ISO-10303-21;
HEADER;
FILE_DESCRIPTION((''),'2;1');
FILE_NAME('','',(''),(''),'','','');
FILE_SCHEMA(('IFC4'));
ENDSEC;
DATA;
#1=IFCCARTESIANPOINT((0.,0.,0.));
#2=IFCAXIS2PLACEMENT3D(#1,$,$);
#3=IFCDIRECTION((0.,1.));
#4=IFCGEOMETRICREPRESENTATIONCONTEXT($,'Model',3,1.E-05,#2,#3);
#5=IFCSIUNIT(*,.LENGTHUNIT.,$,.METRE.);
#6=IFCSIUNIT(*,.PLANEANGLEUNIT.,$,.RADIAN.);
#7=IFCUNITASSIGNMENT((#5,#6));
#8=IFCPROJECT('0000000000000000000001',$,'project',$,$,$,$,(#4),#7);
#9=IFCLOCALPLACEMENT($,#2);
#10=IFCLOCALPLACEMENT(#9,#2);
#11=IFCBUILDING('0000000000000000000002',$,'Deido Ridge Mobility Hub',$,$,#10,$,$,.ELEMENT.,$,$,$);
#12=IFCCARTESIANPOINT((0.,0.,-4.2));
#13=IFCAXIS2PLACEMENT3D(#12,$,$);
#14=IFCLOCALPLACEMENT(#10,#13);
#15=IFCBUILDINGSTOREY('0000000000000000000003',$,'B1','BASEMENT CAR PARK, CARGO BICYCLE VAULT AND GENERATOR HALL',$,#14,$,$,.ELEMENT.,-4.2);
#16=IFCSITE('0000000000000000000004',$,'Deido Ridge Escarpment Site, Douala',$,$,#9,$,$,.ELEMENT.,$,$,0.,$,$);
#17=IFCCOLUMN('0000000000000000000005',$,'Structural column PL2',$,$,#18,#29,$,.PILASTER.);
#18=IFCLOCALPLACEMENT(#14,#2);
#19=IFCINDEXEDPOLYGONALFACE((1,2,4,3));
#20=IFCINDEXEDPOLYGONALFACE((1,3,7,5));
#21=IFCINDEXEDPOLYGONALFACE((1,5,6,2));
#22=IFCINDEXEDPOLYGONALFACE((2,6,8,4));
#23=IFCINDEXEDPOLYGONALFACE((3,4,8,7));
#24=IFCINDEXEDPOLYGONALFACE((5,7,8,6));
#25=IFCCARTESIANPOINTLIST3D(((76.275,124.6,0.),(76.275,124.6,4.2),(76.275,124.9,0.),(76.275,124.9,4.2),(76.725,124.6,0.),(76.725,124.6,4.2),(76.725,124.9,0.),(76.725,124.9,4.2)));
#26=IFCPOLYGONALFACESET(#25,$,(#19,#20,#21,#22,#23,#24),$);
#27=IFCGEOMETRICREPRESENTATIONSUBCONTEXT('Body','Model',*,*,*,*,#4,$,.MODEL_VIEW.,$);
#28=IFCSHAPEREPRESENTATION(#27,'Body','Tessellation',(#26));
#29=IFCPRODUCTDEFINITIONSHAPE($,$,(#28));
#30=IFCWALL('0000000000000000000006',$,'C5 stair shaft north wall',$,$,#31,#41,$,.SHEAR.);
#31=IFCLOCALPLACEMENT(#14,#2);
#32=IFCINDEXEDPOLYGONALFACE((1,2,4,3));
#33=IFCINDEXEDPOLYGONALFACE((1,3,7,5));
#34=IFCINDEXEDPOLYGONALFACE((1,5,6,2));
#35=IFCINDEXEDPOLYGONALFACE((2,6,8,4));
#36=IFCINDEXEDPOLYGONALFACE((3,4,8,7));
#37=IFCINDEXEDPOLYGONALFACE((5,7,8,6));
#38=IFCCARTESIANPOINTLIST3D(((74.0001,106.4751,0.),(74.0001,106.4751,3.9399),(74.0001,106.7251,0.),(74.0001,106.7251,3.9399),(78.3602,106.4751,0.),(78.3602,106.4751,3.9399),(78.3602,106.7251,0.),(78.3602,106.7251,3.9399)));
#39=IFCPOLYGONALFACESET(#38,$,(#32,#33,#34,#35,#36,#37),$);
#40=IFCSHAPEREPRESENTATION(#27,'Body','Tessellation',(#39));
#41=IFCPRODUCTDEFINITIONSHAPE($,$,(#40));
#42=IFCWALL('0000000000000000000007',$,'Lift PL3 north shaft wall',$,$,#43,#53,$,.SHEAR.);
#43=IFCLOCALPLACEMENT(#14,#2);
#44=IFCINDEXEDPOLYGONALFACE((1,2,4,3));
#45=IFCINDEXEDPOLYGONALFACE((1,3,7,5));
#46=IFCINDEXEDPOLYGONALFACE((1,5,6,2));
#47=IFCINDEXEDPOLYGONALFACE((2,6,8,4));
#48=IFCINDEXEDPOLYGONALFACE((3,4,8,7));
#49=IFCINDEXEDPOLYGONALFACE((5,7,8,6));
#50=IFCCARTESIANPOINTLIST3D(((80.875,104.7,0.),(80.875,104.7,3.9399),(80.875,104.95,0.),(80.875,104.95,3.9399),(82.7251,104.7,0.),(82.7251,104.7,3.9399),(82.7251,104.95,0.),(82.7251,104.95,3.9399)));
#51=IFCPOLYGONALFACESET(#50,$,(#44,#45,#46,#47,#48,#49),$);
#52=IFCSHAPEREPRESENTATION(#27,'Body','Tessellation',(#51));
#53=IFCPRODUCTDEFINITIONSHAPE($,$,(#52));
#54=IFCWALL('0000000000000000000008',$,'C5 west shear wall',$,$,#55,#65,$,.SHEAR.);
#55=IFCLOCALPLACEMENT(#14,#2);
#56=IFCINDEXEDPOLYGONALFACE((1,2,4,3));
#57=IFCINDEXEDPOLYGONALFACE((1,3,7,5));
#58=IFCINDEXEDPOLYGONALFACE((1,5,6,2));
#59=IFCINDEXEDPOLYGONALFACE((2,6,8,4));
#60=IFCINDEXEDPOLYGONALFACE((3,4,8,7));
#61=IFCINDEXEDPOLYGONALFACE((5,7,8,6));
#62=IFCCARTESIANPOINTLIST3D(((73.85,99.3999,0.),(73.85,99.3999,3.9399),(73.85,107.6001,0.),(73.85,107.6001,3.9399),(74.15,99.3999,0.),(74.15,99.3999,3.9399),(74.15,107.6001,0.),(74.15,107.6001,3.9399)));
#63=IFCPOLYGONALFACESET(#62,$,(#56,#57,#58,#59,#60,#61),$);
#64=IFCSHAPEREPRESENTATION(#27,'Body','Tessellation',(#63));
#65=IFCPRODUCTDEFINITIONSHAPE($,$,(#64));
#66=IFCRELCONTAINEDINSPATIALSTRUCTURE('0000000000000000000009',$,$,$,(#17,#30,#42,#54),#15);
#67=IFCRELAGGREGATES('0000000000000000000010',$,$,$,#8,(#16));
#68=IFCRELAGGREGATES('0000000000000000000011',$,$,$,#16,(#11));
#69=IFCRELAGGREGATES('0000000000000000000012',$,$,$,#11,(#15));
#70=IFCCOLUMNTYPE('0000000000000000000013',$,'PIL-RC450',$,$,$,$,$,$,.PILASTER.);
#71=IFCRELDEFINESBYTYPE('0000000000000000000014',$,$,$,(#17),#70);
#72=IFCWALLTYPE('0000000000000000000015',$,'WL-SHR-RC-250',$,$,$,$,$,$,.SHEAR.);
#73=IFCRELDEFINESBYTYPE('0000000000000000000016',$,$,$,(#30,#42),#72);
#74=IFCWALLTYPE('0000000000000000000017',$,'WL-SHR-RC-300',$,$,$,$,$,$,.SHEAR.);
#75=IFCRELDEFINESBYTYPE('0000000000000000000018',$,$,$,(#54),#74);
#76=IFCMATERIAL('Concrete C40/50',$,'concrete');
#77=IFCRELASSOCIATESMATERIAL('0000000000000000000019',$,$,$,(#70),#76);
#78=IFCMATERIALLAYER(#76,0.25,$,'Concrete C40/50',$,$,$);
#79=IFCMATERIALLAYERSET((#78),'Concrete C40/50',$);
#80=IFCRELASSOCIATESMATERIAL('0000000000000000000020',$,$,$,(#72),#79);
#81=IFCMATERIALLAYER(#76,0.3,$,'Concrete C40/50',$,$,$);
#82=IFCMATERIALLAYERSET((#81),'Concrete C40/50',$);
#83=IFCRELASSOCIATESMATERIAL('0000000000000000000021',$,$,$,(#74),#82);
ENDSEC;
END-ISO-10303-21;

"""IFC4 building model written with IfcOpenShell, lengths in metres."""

from ifc_helpers import new_model, si_unit, direction, frame, frame_2d, origin, origin_2d, place, context, subcontext, project, spatial, rectangle, extrude, material, layer, layer_set, material_profile, profile_set, type_object, element, save


model = new_model("IFC4")

# Units and contexts
model_context = context("Model", 3, precision=1e-05, world=origin(), true_north=direction((0.0, 1.0)))
body_context = subcontext(model_context, "Body", "Model", "MODEL_VIEW")
ifc_project = project(units=[si_unit("LENGTHUNIT", "METRE"), si_unit("PLANEANGLEUNIT", "RADIAN")], contexts=[model_context])

# Site, building, storey
site_placement = place(None, origin())
site = spatial("IfcSite", under=ifc_project, at=site_placement, Name="Deido Ridge Escarpment Site, Douala", CompositionType="ELEMENT", RefElevation=0.0)
building_placement = place(site_placement, origin())
building = spatial("IfcBuilding", under=site, at=building_placement, Name="Deido Ridge Mobility Hub", CompositionType="ELEMENT")
storey_placement = place(building_placement, frame((0.0, 0.0, -4.2)))
storey = spatial("IfcBuildingStorey", under=building, at=storey_placement, Name="B1", Description="BASEMENT CAR PARK, CARGO BICYCLE VAULT AND GENERATOR HALL", CompositionType="ELEMENT", Elevation=-4.2)

# Shared definitions
ifc_material_1 = material(Name="Concrete C40/50", Category="concrete")

# Column
ifc_material_profile_1 = material_profile(ifc_material_1, rectangle(XDim=0.45, YDim=0.3, at=origin_2d()), Name="RC PILASTER 450x300")
ifc_profile_set_1 = profile_set([ifc_material_profile_1], Name="Concrete C40/50")
column_type_1 = type_object("IfcColumnType", Name="PIL-RC450", PredefinedType="PILASTER", material=ifc_profile_set_1)
column_1_placement = place(storey_placement, frame((76.5, 124.75, 0.0), z_axis=(0.0, 0.0, 1.0), x_axis=(1.0, 0.0, 0.0)))
element("IfcColumn", 1, at=column_1_placement, inside=storey, type_object=column_type_1, Name="Structural column PL2", PredefinedType="PILASTER", context=body_context, shape_type="SweptSolid", body=[
    extrude(rectangle(XDim=0.45, YDim=0.3, at=origin_2d()), origin(), (0.0, 0.0, 1.0), 4.2),
])

# Walls
ifc_layer_1 = layer(ifc_material_1, 0.25, Name="Concrete C40/50")
ifc_layer_set_1 = layer_set([ifc_layer_1], Name="Concrete C40/50")
wall_type_1 = type_object("IfcWallType", Name="WL-SHR-RC-250", PredefinedType="SHEAR", material=ifc_layer_set_1)
wall_1_placement = place(storey_placement, frame((74.0, 106.6001, 0.0), z_axis=(0.0, 0.0, 1.0), x_axis=(1.0, 0.0, 0.0)))
element("IfcWall", 2, at=wall_1_placement, inside=storey, type_object=wall_type_1, Name="C5 stair shaft north wall", PredefinedType="SHEAR", context=body_context, shape_type="SweptSolid", body=[
    extrude(rectangle(XDim=4.3601, YDim=0.25, at=frame_2d((2.1802, 0.0))), origin(), (0.0, 0.0, 1.0), 3.9399),
])
wall_2_placement = place(storey_placement, frame((80.875, 104.825, 0.0), z_axis=(0.0, 0.0, 1.0), x_axis=(1.0, 0.0, 0.0)))
element("IfcWall", 3, at=wall_2_placement, inside=storey, type_object=wall_type_1, Name="Lift PL3 north shaft wall", PredefinedType="SHEAR", context=body_context, shape_type="SweptSolid", body=[
    extrude(rectangle(XDim=1.8501, YDim=0.25, at=frame_2d((0.925, 0.0))), origin(), (0.0, 0.0, 1.0), 3.9399),
])
ifc_layer_2 = layer(ifc_material_1, 0.3, Name="Concrete C40/50")
ifc_layer_set_2 = layer_set([ifc_layer_2], Name="Concrete C40/50")
wall_type_2 = type_object("IfcWallType", Name="WL-SHR-RC-300", PredefinedType="SHEAR", material=ifc_layer_set_2)
wall_3_placement = place(storey_placement, frame((74.0, 107.6001, 0.0), z_axis=(0.0, 0.0, 1.0), x_axis=(0.0, -1.0, 0.0)))
element("IfcWall", 4, at=wall_3_placement, inside=storey, type_object=wall_type_2, Name="C5 west shear wall", PredefinedType="SHEAR", context=body_context, shape_type="SweptSolid", body=[
    extrude(rectangle(XDim=8.2002, YDim=0.3, at=frame_2d((4.1001, 0.0))), origin(), (0.0, 0.0, 1.0), 3.9399),
])

save(model, "model.ifc")
